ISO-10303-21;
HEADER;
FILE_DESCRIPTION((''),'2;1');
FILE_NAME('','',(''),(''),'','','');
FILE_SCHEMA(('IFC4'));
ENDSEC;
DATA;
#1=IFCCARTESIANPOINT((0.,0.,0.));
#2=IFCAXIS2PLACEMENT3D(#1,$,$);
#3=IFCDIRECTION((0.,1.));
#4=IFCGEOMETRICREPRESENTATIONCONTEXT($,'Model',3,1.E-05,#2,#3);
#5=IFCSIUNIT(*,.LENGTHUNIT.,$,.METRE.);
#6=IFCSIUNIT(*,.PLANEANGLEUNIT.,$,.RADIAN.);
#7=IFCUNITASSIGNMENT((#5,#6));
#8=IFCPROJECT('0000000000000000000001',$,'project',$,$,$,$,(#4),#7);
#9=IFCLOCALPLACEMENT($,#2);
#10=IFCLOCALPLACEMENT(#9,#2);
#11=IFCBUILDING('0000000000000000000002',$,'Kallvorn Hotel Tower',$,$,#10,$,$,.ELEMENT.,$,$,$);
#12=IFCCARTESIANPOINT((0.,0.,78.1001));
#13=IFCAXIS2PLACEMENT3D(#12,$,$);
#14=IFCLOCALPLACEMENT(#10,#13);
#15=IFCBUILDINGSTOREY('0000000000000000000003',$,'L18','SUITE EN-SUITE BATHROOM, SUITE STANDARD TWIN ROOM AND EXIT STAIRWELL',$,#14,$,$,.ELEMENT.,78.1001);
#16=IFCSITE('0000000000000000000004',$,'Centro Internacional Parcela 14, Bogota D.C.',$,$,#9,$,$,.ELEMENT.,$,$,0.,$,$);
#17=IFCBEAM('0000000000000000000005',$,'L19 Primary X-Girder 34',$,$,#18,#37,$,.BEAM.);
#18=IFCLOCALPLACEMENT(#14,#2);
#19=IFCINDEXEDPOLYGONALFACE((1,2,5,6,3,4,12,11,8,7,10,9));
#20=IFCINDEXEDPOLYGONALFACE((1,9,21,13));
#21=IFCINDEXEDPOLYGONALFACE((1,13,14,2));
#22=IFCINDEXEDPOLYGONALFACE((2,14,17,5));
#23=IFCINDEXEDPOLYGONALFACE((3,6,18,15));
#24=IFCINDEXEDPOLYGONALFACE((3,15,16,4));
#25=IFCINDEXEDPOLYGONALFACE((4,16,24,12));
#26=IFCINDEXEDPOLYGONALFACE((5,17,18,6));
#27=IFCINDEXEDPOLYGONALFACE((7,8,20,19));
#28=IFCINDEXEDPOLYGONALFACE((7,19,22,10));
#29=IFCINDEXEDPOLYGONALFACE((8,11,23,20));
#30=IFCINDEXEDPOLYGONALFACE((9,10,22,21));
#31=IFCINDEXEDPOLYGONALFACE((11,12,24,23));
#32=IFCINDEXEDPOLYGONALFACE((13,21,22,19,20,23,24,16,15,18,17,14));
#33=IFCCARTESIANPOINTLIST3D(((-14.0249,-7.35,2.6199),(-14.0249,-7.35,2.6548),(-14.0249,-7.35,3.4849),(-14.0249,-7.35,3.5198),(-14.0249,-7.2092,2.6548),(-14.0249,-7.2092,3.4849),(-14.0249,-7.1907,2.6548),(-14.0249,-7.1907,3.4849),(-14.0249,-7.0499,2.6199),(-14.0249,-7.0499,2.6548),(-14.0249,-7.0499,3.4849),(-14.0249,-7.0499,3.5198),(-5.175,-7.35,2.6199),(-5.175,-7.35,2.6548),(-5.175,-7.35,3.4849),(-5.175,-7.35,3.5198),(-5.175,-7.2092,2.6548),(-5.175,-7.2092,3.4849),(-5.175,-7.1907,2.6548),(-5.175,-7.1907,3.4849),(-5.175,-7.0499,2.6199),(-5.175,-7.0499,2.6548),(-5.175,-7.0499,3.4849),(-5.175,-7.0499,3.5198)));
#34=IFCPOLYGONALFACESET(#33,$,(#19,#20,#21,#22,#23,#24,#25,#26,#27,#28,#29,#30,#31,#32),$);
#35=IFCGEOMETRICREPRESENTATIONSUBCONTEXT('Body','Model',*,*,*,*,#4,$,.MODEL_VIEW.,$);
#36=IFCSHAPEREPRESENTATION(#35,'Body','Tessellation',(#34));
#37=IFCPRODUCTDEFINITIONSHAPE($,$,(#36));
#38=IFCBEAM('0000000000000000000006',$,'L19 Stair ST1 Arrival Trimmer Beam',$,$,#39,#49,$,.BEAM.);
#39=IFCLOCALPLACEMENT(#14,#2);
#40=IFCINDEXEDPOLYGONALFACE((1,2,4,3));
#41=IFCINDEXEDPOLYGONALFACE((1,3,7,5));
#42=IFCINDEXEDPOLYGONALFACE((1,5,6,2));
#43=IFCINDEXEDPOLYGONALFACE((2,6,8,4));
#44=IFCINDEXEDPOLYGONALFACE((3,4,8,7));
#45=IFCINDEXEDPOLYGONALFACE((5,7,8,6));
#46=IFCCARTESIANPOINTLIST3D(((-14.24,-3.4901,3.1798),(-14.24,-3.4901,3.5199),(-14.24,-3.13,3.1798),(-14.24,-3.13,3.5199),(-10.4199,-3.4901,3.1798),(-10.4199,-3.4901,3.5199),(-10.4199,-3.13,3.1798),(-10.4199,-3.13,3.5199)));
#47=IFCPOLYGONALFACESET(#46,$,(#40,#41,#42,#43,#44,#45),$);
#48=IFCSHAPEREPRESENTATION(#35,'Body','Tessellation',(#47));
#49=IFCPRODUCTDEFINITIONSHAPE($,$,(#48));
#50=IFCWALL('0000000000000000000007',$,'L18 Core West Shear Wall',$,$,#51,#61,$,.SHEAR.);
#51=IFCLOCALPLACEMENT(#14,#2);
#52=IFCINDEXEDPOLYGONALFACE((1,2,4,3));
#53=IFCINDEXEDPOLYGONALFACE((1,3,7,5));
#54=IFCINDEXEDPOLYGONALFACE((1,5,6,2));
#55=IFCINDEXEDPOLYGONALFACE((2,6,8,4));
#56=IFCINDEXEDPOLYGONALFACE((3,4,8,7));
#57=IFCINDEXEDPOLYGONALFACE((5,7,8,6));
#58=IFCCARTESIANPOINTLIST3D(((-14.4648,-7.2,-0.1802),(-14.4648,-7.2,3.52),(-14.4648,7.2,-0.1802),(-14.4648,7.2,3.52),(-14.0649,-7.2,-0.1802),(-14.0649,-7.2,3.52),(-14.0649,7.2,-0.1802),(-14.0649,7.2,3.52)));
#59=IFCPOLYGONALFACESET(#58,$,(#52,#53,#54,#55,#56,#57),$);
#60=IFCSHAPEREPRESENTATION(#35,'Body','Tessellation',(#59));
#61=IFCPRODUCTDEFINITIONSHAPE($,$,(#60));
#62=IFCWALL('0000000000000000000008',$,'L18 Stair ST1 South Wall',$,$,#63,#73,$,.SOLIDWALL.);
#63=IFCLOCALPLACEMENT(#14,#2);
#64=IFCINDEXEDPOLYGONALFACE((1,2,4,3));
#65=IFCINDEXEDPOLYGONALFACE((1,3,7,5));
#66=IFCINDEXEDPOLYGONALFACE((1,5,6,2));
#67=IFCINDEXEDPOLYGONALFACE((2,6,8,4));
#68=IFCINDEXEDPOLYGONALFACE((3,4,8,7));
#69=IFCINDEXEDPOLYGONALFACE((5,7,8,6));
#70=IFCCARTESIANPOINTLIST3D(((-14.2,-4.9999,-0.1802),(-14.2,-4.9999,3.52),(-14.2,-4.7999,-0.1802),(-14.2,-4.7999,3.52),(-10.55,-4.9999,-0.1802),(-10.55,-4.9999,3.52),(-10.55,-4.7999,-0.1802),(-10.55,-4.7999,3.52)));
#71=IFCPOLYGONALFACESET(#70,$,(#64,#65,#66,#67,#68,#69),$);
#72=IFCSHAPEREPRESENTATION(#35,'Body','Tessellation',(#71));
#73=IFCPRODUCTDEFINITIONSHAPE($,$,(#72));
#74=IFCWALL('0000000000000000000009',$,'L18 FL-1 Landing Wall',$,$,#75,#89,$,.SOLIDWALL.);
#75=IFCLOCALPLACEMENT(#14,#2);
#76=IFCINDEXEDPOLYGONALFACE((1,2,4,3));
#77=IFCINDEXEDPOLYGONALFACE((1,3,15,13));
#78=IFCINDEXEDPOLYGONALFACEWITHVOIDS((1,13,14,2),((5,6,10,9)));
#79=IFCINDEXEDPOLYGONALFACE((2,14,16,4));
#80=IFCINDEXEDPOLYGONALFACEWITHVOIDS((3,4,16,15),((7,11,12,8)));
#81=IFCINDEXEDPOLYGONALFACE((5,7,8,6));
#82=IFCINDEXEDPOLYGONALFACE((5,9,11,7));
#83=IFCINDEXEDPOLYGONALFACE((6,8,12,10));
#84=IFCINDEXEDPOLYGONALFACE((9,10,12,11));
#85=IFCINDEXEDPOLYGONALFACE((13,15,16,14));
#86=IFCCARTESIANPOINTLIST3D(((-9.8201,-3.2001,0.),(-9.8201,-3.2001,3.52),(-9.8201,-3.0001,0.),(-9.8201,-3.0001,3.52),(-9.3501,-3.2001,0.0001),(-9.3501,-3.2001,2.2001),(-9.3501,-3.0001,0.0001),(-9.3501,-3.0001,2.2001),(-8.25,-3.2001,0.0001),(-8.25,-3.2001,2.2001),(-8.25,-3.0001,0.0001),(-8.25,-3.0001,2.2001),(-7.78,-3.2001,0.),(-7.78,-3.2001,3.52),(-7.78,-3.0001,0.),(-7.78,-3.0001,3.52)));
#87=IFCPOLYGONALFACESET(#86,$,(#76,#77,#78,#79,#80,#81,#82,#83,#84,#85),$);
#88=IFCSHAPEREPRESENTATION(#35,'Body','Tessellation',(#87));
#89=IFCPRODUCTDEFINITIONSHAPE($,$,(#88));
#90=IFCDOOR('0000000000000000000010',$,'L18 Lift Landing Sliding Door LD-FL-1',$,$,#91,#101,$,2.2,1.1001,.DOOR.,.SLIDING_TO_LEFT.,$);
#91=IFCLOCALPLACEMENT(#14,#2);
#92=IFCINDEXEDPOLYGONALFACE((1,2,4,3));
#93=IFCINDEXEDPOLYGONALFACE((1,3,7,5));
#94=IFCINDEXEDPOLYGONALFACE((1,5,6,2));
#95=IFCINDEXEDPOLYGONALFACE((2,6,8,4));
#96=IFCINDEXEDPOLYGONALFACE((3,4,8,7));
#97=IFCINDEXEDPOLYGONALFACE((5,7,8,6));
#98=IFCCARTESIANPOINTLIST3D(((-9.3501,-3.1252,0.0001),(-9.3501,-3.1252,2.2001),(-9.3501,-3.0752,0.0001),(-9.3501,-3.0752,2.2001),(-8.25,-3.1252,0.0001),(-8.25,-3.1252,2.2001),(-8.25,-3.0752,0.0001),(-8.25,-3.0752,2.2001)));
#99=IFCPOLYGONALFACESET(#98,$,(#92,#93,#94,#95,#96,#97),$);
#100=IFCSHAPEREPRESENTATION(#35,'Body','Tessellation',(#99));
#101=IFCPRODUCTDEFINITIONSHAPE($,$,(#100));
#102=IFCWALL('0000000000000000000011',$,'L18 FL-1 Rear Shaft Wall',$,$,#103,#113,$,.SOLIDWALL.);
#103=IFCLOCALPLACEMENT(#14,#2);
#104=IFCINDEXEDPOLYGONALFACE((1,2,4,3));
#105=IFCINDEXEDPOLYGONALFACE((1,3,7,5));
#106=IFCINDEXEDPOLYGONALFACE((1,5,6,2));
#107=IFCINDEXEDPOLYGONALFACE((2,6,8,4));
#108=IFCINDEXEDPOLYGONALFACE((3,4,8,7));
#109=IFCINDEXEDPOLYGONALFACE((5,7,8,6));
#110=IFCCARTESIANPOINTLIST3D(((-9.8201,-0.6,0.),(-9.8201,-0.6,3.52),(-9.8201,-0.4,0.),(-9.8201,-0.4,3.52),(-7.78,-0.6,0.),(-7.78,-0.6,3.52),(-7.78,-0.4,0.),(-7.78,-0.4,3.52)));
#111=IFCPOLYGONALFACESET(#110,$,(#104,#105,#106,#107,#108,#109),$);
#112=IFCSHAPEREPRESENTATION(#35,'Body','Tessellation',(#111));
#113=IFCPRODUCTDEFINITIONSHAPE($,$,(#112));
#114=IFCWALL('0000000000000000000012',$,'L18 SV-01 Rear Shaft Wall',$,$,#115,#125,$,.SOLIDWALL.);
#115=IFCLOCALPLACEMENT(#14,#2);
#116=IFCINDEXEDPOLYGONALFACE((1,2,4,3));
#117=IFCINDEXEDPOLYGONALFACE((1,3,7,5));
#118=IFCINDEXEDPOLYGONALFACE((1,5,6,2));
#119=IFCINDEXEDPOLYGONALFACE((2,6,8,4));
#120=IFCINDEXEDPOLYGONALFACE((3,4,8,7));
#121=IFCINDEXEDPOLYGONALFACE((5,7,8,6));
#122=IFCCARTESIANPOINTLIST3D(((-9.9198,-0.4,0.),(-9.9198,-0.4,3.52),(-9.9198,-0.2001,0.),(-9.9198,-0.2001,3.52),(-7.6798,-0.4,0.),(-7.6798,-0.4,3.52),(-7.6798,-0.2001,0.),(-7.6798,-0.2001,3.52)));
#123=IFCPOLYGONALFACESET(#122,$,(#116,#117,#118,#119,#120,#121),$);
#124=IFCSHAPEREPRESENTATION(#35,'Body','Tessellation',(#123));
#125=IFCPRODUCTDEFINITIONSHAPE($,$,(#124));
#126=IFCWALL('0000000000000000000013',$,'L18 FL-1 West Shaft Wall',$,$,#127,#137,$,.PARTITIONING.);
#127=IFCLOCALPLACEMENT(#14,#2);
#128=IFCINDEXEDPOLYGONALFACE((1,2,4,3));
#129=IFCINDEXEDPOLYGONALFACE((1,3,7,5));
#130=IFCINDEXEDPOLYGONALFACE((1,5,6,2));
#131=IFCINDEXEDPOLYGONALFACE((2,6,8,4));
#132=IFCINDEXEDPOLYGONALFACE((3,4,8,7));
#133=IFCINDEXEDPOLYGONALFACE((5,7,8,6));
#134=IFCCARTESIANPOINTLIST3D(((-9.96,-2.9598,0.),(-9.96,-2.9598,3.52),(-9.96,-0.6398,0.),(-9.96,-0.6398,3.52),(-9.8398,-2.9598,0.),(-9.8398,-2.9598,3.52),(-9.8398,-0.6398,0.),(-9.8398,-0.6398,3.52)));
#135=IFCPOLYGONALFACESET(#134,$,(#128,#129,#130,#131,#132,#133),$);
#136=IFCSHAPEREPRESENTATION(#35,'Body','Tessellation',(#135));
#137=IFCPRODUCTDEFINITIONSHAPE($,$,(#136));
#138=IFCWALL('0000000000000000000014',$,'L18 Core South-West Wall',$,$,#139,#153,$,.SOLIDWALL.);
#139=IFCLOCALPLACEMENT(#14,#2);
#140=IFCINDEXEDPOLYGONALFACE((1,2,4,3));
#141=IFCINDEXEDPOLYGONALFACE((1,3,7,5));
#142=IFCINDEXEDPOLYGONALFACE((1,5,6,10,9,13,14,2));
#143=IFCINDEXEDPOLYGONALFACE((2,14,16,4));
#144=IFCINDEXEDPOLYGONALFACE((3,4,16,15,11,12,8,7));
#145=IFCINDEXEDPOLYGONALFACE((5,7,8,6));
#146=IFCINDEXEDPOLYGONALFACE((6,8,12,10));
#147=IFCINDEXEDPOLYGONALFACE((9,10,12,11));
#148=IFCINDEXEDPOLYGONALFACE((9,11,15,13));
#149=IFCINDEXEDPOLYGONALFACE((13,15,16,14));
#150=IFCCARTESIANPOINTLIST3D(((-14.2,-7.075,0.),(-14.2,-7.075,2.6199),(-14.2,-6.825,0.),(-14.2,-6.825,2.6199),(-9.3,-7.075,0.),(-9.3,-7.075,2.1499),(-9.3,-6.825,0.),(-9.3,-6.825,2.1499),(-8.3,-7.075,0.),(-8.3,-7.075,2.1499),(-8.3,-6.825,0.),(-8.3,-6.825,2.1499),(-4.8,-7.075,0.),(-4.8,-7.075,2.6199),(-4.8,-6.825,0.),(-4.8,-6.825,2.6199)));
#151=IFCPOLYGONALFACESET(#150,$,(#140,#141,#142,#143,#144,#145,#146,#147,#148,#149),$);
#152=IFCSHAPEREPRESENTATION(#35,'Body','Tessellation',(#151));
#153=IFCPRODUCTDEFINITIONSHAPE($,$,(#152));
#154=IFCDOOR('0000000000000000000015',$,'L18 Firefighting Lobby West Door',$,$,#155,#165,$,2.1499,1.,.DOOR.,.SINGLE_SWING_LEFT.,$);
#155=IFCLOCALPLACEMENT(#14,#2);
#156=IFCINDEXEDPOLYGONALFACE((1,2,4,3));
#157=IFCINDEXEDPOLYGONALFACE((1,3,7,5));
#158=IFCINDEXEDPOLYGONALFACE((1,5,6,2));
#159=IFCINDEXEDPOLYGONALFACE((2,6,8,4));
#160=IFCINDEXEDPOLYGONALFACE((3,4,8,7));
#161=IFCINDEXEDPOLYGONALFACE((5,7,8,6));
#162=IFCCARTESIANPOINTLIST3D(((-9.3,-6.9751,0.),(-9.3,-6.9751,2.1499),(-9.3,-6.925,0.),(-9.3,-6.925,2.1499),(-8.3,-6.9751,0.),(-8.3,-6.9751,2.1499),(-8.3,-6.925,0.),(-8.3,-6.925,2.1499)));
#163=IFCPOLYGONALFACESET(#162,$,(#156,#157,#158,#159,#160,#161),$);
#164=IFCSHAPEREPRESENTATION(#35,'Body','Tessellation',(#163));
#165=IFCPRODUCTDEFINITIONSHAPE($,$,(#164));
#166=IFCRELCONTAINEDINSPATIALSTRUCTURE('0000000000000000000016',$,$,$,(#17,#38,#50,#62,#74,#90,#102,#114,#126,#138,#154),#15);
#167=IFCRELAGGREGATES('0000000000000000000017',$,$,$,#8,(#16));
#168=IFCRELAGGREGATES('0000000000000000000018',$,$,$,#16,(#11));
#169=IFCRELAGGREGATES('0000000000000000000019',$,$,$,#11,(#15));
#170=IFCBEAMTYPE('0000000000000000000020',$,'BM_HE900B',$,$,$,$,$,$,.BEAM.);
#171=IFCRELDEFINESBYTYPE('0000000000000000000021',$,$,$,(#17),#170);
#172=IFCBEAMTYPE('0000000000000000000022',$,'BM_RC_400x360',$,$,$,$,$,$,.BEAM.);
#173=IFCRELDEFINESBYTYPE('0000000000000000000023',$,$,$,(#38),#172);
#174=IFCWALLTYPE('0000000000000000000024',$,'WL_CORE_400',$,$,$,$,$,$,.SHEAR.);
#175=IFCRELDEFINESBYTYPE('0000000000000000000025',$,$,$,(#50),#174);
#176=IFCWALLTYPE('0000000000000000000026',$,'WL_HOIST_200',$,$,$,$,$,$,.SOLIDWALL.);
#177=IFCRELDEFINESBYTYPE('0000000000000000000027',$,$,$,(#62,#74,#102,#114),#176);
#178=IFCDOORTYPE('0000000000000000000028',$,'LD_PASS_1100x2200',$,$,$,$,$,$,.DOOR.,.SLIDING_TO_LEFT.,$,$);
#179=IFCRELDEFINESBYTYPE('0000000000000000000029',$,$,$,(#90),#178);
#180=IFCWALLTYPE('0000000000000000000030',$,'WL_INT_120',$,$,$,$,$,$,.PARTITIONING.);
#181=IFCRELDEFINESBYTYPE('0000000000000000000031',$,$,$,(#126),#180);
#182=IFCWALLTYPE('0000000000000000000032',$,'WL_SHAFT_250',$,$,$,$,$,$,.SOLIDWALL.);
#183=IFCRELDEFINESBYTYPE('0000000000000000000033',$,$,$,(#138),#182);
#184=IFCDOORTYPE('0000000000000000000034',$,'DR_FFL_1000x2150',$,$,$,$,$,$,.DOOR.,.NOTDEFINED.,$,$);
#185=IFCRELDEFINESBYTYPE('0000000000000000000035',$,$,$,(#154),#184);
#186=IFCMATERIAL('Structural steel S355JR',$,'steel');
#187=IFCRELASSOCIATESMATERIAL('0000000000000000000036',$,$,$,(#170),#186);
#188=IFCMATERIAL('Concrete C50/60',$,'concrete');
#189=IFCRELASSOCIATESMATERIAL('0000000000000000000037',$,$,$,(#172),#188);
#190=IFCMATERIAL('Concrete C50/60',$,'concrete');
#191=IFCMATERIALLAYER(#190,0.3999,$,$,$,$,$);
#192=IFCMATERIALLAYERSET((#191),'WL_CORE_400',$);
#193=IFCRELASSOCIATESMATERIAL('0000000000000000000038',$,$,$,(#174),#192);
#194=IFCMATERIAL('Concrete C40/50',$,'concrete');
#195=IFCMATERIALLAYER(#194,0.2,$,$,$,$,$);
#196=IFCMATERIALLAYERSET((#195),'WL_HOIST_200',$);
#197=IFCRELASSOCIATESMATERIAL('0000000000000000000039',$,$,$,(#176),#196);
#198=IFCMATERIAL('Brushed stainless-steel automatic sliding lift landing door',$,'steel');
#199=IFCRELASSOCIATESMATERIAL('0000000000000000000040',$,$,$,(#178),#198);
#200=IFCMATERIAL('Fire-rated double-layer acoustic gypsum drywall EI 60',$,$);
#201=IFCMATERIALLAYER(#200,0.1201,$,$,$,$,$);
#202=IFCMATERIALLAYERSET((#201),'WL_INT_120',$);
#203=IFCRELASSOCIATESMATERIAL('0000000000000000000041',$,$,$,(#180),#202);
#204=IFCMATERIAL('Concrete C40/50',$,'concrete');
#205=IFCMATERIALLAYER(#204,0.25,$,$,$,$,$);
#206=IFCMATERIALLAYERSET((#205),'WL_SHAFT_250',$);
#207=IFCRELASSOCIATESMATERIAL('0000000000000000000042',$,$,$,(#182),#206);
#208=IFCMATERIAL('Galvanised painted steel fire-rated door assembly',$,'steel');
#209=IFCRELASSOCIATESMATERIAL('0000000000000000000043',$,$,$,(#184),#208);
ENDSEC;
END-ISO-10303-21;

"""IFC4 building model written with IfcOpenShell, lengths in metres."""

from ifc_helpers import new_model, si_unit, direction, frame, frame_2d, origin, origin_2d, place, context, subcontext, project, spatial, rectangle, i_section, extrude, material, layer, layer_set, material_profile, profile_set, type_object, element, fill, save


model = new_model("IFC4")

# Units and contexts
model_context = context("Model", 3, precision=1e-05, world=origin(), true_north=direction((0.0, 1.0)))
body_context = subcontext(model_context, "Body", "Model", "MODEL_VIEW")
ifc_project = project(units=[si_unit("LENGTHUNIT", "METRE"), si_unit("PLANEANGLEUNIT", "RADIAN")], contexts=[model_context])

# Site, building, storey
site_placement = place(None, origin())
site = spatial("IfcSite", under=ifc_project, at=site_placement, Name="Centro Internacional Parcela 14, Bogota D.C.", CompositionType="ELEMENT", RefElevation=0.0)
building_placement = place(site_placement, origin())
building = spatial("IfcBuilding", under=site, at=building_placement, Name="Kallvorn Hotel Tower", CompositionType="ELEMENT")
storey_placement = place(building_placement, frame((0.0, 0.0, 78.1001)))
storey = spatial("IfcBuildingStorey", under=building, at=storey_placement, Name="L18", Description="SUITE EN-SUITE BATHROOM, SUITE STANDARD TWIN ROOM AND EXIT STAIRWELL", CompositionType="ELEMENT", Elevation=78.1001)

# Beams
ifc_material_1 = material(Name="Structural steel S355JR", Category="steel")
ifc_material_profile_1 = material_profile(ifc_material_1, i_section(OverallWidth=0.3, OverallDepth=0.8999, WebThickness=0.0186, FlangeThickness=0.0349, at=origin_2d()), Name="HE 900 B")
ifc_profile_set_1 = profile_set([ifc_material_profile_1], Name="Structural steel S355JR")
beam_type_1 = type_object("IfcBeamType", Name="BM_HE900B", PredefinedType="BEAM", material=ifc_profile_set_1)
beam_1_placement = place(storey_placement, frame((-14.0249, -7.2, 3.0698), z_axis=(1.0, 0.0, 0.0), x_axis=(0.0, 1.0, 0.0)))
element("IfcBeam", 1, at=beam_1_placement, inside=storey, type_object=beam_type_1, Name="L19 Primary X-Girder 34", PredefinedType="BEAM", context=body_context, shape_type="SweptSolid", body=[
    extrude(i_section(OverallWidth=0.3, OverallDepth=0.8999, WebThickness=0.0186, FlangeThickness=0.0349, at=origin_2d()), origin(), (0.0, 0.0, 1.0), 8.8499),
])
ifc_material_2 = material(Name="Concrete C50/60", Category="concrete")
ifc_material_profile_2 = material_profile(ifc_material_2, rectangle(XDim=0.3601, YDim=0.3401, at=origin_2d()), Name="RC 360x340")
ifc_profile_set_2 = profile_set([ifc_material_profile_2], Name="Concrete C50/60")
beam_type_2 = type_object("IfcBeamType", Name="BM_RC_400x360", PredefinedType="BEAM", material=ifc_profile_set_2)
beam_2_placement = place(storey_placement, frame((-10.4199, -3.3101, 3.3499), z_axis=(-1.0, 0.0, 0.0), x_axis=(0.0, -1.0, 0.0)))
element("IfcBeam", 2, at=beam_2_placement, inside=storey, type_object=beam_type_2, Name="L19 Stair ST1 Arrival Trimmer Beam", PredefinedType="BEAM", context=body_context, shape_type="SweptSolid", body=[
    extrude(rectangle(XDim=0.3601, YDim=0.3401, at=origin_2d()), origin(), (0.0, 0.0, 1.0), 3.8201),
])

# Walls
ifc_material_3 = material(Name="Concrete C50/60", Category="concrete")
ifc_layer_1 = layer(ifc_material_3, 0.3999)
ifc_layer_set_1 = layer_set([ifc_layer_1], Name="WL_CORE_400")
wall_type_1 = type_object("IfcWallType", Name="WL_CORE_400", PredefinedType="SHEAR", material=ifc_layer_set_1)
wall_1_placement = place(storey_placement, frame((-14.2649, -7.2, -0.1802), z_axis=(0.0, 0.0, 1.0), x_axis=(0.0, 1.0, 0.0)))
element("IfcWall", 3, at=wall_1_placement, inside=storey, type_object=wall_type_1, Name="L18 Core West Shear Wall", PredefinedType="SHEAR", context=body_context, shape_type="SweptSolid", body=[
    extrude(rectangle(XDim=14.3999, YDim=0.3999, at=frame_2d((7.2, 0.0))), origin(), (0.0, 0.0, 1.0), 3.7002),
])
ifc_material_4 = material(Name="Concrete C40/50", Category="concrete")
ifc_layer_2 = layer(ifc_material_4, 0.2)
ifc_layer_set_2 = layer_set([ifc_layer_2], Name="WL_HOIST_200")
wall_type_2 = type_object("IfcWallType", Name="WL_HOIST_200", PredefinedType="SOLIDWALL", material=ifc_layer_set_2)
wall_2_placement = place(storey_placement, frame((-14.2, -4.8999, -0.1802), z_axis=(0.0, 0.0, 1.0), x_axis=(1.0, 0.0, 0.0)))
element("IfcWall", 4, at=wall_2_placement, inside=storey, type_object=wall_type_2, Name="L18 Stair ST1 South Wall", PredefinedType="SOLIDWALL", context=body_context, shape_type="SweptSolid", body=[
    extrude(rectangle(XDim=3.6499, YDim=0.2, at=frame_2d((1.825, 0.0))), origin(), (0.0, 0.0, 1.0), 3.7002),
])

# Wall, opening, door
wall_3_placement = place(storey_placement, frame((-9.8201, -3.1001, 0.0), z_axis=(0.0, 0.0, 1.0), x_axis=(1.0, 0.0, 0.0)))
wall_3 = element("IfcWall", 5, at=wall_3_placement, inside=storey, type_object=wall_type_2, Name="L18 FL-1 Landing Wall", PredefinedType="SOLIDWALL", context=body_context, shape_type="SweptSolid", body=[
    extrude(rectangle(XDim=2.04, YDim=0.2, at=frame_2d((1.02, 0.0))), origin(), (0.0, 0.0, 1.0), 3.52),
])
opening_1_placement = place(wall_3_placement, frame((0.47, 0.0, 0.0)))
opening_1 = element("IfcOpeningElement", 6, at=opening_1_placement, cuts=wall_3, PredefinedType="OPENING", context=body_context, shape_type="SweptSolid", body=[
    extrude(rectangle(XDim=1.1001, YDim=2.2, at=frame_2d((0.55, 1.1001))), frame((0.0, 0.115, 0.0), z_axis=(0.0, -1.0, 0.0), x_axis=(1.0, 0.0, 0.0)), (0.0, 0.0, 1.0), 0.23),
])
ifc_material_5 = material(Name="Brushed stainless-steel automatic sliding lift landing door", Category="steel")
door_type_1 = type_object("IfcDoorType", Name="LD_PASS_1100x2200", OperationType="SLIDING_TO_LEFT", PredefinedType="DOOR", material=ifc_material_5)
door_1_placement = place(opening_1_placement, origin())
door_1 = element("IfcDoor", 7, at=door_1_placement, inside=storey, type_object=door_type_1, Name="L18 Lift Landing Sliding Door LD-FL-1", OperationType="SLIDING_TO_LEFT", OverallHeight=2.2, OverallWidth=1.1001, PredefinedType="DOOR", context=body_context, shape_type="SweptSolid", body=[
    extrude(rectangle(XDim=1.1001, YDim=2.2, at=frame_2d((0.55, 1.1001))), frame((0.0, 0.0249, 0.0), z_axis=(0.0, -1.0, 0.0), x_axis=(1.0, 0.0, 0.0)), (0.0, 0.0, 1.0), 0.05),
])
fill(opening_1, door_1)

# Walls
wall_4_placement = place(storey_placement, frame((-9.8201, -0.5, 0.0), z_axis=(0.0, 0.0, 1.0), x_axis=(1.0, 0.0, 0.0)))
element("IfcWall", 8, at=wall_4_placement, inside=storey, type_object=wall_type_2, Name="L18 FL-1 Rear Shaft Wall", PredefinedType="SOLIDWALL", context=body_context, shape_type="SweptSolid", body=[
    extrude(rectangle(XDim=2.04, YDim=0.2, at=frame_2d((1.02, 0.0))), origin(), (0.0, 0.0, 1.0), 3.52),
])
wall_5_placement = place(storey_placement, frame((-9.9199, -0.3, 0.0), z_axis=(0.0, 0.0, 1.0), x_axis=(1.0, 0.0, 0.0)))
element("IfcWall", 9, at=wall_5_placement, inside=storey, type_object=wall_type_2, Name="L18 SV-01 Rear Shaft Wall", PredefinedType="SOLIDWALL", context=body_context, shape_type="SweptSolid", body=[
    extrude(rectangle(XDim=2.24, YDim=0.2, at=frame_2d((1.1201, 0.0))), origin(), (0.0, 0.0, 1.0), 3.52),
])
ifc_material_6 = material(Name="Fire-rated double-layer acoustic gypsum drywall EI 60")
ifc_layer_3 = layer(ifc_material_6, 0.1201)
ifc_layer_set_3 = layer_set([ifc_layer_3], Name="WL_INT_120")
wall_type_3 = type_object("IfcWallType", Name="WL_INT_120", PredefinedType="PARTITIONING", material=ifc_layer_set_3)
wall_6_placement = place(storey_placement, frame((-9.8999, -2.96, 0.0), z_axis=(0.0, 0.0, 1.0), x_axis=(0.0, 1.0, 0.0)))
element("IfcWall", 10, at=wall_6_placement, inside=storey, type_object=wall_type_3, Name="L18 FL-1 West Shaft Wall", PredefinedType="PARTITIONING", context=body_context, shape_type="SweptSolid", body=[
    extrude(rectangle(XDim=2.3201, YDim=0.1201, at=frame_2d((1.1602, 0.0))), origin(), (0.0, 0.0, 1.0), 3.52),
])

# Wall, opening, door
ifc_material_7 = material(Name="Concrete C40/50", Category="concrete")
ifc_layer_4 = layer(ifc_material_7, 0.25)
ifc_layer_set_4 = layer_set([ifc_layer_4], Name="WL_SHAFT_250")
wall_type_4 = type_object("IfcWallType", Name="WL_SHAFT_250", PredefinedType="SOLIDWALL", material=ifc_layer_set_4)
wall_7_placement = place(storey_placement, frame((-14.2, -6.95, 0.0), z_axis=(0.0, 0.0, 1.0), x_axis=(1.0, 0.0, 0.0)))
wall_7 = element("IfcWall", 11, at=wall_7_placement, inside=storey, type_object=wall_type_4, Name="L18 Core South-West Wall", PredefinedType="SOLIDWALL", context=body_context, shape_type="SweptSolid", body=[
    extrude(rectangle(XDim=9.3999, YDim=0.25, at=frame_2d((4.7, 0.0))), origin(), (0.0, 0.0, 1.0), 2.6199),
])
opening_2_placement = place(wall_7_placement, frame((4.8999, 0.0, 0.0)))
opening_2 = element("IfcOpeningElement", 12, at=opening_2_placement, cuts=wall_7, PredefinedType="OPENING", context=body_context, shape_type="SweptSolid", body=[
    extrude(rectangle(XDim=1.0, YDim=2.1499, at=frame_2d((0.5, 1.075))), frame((0.0, 0.1399, 0.0), z_axis=(0.0, -1.0, 0.0), x_axis=(1.0, 0.0, 0.0)), (0.0, 0.0, 1.0), 0.28),
])
ifc_material_8 = material(Name="Galvanised painted steel fire-rated door assembly", Category="steel")
door_type_2 = type_object("IfcDoorType", Name="DR_FFL_1000x2150", OperationType="NOTDEFINED", PredefinedType="DOOR", material=ifc_material_8)
door_2_placement = place(opening_2_placement, origin())
door_2 = element("IfcDoor", 13, at=door_2_placement, inside=storey, type_object=door_type_2, Name="L18 Firefighting Lobby West Door", OperationType="SINGLE_SWING_LEFT", OverallHeight=2.1499, OverallWidth=1.0, PredefinedType="DOOR", context=body_context, shape_type="SweptSolid", body=[
    extrude(rectangle(XDim=1.0, YDim=2.1499, at=frame_2d((0.5, 1.075))), frame((0.0, 0.0249, 0.0), z_axis=(0.0, -1.0, 0.0), x_axis=(1.0, 0.0, 0.0)), (0.0, 0.0, 1.0), 0.05),
])
fill(opening_2, door_2)

save(model, "model.ifc")
